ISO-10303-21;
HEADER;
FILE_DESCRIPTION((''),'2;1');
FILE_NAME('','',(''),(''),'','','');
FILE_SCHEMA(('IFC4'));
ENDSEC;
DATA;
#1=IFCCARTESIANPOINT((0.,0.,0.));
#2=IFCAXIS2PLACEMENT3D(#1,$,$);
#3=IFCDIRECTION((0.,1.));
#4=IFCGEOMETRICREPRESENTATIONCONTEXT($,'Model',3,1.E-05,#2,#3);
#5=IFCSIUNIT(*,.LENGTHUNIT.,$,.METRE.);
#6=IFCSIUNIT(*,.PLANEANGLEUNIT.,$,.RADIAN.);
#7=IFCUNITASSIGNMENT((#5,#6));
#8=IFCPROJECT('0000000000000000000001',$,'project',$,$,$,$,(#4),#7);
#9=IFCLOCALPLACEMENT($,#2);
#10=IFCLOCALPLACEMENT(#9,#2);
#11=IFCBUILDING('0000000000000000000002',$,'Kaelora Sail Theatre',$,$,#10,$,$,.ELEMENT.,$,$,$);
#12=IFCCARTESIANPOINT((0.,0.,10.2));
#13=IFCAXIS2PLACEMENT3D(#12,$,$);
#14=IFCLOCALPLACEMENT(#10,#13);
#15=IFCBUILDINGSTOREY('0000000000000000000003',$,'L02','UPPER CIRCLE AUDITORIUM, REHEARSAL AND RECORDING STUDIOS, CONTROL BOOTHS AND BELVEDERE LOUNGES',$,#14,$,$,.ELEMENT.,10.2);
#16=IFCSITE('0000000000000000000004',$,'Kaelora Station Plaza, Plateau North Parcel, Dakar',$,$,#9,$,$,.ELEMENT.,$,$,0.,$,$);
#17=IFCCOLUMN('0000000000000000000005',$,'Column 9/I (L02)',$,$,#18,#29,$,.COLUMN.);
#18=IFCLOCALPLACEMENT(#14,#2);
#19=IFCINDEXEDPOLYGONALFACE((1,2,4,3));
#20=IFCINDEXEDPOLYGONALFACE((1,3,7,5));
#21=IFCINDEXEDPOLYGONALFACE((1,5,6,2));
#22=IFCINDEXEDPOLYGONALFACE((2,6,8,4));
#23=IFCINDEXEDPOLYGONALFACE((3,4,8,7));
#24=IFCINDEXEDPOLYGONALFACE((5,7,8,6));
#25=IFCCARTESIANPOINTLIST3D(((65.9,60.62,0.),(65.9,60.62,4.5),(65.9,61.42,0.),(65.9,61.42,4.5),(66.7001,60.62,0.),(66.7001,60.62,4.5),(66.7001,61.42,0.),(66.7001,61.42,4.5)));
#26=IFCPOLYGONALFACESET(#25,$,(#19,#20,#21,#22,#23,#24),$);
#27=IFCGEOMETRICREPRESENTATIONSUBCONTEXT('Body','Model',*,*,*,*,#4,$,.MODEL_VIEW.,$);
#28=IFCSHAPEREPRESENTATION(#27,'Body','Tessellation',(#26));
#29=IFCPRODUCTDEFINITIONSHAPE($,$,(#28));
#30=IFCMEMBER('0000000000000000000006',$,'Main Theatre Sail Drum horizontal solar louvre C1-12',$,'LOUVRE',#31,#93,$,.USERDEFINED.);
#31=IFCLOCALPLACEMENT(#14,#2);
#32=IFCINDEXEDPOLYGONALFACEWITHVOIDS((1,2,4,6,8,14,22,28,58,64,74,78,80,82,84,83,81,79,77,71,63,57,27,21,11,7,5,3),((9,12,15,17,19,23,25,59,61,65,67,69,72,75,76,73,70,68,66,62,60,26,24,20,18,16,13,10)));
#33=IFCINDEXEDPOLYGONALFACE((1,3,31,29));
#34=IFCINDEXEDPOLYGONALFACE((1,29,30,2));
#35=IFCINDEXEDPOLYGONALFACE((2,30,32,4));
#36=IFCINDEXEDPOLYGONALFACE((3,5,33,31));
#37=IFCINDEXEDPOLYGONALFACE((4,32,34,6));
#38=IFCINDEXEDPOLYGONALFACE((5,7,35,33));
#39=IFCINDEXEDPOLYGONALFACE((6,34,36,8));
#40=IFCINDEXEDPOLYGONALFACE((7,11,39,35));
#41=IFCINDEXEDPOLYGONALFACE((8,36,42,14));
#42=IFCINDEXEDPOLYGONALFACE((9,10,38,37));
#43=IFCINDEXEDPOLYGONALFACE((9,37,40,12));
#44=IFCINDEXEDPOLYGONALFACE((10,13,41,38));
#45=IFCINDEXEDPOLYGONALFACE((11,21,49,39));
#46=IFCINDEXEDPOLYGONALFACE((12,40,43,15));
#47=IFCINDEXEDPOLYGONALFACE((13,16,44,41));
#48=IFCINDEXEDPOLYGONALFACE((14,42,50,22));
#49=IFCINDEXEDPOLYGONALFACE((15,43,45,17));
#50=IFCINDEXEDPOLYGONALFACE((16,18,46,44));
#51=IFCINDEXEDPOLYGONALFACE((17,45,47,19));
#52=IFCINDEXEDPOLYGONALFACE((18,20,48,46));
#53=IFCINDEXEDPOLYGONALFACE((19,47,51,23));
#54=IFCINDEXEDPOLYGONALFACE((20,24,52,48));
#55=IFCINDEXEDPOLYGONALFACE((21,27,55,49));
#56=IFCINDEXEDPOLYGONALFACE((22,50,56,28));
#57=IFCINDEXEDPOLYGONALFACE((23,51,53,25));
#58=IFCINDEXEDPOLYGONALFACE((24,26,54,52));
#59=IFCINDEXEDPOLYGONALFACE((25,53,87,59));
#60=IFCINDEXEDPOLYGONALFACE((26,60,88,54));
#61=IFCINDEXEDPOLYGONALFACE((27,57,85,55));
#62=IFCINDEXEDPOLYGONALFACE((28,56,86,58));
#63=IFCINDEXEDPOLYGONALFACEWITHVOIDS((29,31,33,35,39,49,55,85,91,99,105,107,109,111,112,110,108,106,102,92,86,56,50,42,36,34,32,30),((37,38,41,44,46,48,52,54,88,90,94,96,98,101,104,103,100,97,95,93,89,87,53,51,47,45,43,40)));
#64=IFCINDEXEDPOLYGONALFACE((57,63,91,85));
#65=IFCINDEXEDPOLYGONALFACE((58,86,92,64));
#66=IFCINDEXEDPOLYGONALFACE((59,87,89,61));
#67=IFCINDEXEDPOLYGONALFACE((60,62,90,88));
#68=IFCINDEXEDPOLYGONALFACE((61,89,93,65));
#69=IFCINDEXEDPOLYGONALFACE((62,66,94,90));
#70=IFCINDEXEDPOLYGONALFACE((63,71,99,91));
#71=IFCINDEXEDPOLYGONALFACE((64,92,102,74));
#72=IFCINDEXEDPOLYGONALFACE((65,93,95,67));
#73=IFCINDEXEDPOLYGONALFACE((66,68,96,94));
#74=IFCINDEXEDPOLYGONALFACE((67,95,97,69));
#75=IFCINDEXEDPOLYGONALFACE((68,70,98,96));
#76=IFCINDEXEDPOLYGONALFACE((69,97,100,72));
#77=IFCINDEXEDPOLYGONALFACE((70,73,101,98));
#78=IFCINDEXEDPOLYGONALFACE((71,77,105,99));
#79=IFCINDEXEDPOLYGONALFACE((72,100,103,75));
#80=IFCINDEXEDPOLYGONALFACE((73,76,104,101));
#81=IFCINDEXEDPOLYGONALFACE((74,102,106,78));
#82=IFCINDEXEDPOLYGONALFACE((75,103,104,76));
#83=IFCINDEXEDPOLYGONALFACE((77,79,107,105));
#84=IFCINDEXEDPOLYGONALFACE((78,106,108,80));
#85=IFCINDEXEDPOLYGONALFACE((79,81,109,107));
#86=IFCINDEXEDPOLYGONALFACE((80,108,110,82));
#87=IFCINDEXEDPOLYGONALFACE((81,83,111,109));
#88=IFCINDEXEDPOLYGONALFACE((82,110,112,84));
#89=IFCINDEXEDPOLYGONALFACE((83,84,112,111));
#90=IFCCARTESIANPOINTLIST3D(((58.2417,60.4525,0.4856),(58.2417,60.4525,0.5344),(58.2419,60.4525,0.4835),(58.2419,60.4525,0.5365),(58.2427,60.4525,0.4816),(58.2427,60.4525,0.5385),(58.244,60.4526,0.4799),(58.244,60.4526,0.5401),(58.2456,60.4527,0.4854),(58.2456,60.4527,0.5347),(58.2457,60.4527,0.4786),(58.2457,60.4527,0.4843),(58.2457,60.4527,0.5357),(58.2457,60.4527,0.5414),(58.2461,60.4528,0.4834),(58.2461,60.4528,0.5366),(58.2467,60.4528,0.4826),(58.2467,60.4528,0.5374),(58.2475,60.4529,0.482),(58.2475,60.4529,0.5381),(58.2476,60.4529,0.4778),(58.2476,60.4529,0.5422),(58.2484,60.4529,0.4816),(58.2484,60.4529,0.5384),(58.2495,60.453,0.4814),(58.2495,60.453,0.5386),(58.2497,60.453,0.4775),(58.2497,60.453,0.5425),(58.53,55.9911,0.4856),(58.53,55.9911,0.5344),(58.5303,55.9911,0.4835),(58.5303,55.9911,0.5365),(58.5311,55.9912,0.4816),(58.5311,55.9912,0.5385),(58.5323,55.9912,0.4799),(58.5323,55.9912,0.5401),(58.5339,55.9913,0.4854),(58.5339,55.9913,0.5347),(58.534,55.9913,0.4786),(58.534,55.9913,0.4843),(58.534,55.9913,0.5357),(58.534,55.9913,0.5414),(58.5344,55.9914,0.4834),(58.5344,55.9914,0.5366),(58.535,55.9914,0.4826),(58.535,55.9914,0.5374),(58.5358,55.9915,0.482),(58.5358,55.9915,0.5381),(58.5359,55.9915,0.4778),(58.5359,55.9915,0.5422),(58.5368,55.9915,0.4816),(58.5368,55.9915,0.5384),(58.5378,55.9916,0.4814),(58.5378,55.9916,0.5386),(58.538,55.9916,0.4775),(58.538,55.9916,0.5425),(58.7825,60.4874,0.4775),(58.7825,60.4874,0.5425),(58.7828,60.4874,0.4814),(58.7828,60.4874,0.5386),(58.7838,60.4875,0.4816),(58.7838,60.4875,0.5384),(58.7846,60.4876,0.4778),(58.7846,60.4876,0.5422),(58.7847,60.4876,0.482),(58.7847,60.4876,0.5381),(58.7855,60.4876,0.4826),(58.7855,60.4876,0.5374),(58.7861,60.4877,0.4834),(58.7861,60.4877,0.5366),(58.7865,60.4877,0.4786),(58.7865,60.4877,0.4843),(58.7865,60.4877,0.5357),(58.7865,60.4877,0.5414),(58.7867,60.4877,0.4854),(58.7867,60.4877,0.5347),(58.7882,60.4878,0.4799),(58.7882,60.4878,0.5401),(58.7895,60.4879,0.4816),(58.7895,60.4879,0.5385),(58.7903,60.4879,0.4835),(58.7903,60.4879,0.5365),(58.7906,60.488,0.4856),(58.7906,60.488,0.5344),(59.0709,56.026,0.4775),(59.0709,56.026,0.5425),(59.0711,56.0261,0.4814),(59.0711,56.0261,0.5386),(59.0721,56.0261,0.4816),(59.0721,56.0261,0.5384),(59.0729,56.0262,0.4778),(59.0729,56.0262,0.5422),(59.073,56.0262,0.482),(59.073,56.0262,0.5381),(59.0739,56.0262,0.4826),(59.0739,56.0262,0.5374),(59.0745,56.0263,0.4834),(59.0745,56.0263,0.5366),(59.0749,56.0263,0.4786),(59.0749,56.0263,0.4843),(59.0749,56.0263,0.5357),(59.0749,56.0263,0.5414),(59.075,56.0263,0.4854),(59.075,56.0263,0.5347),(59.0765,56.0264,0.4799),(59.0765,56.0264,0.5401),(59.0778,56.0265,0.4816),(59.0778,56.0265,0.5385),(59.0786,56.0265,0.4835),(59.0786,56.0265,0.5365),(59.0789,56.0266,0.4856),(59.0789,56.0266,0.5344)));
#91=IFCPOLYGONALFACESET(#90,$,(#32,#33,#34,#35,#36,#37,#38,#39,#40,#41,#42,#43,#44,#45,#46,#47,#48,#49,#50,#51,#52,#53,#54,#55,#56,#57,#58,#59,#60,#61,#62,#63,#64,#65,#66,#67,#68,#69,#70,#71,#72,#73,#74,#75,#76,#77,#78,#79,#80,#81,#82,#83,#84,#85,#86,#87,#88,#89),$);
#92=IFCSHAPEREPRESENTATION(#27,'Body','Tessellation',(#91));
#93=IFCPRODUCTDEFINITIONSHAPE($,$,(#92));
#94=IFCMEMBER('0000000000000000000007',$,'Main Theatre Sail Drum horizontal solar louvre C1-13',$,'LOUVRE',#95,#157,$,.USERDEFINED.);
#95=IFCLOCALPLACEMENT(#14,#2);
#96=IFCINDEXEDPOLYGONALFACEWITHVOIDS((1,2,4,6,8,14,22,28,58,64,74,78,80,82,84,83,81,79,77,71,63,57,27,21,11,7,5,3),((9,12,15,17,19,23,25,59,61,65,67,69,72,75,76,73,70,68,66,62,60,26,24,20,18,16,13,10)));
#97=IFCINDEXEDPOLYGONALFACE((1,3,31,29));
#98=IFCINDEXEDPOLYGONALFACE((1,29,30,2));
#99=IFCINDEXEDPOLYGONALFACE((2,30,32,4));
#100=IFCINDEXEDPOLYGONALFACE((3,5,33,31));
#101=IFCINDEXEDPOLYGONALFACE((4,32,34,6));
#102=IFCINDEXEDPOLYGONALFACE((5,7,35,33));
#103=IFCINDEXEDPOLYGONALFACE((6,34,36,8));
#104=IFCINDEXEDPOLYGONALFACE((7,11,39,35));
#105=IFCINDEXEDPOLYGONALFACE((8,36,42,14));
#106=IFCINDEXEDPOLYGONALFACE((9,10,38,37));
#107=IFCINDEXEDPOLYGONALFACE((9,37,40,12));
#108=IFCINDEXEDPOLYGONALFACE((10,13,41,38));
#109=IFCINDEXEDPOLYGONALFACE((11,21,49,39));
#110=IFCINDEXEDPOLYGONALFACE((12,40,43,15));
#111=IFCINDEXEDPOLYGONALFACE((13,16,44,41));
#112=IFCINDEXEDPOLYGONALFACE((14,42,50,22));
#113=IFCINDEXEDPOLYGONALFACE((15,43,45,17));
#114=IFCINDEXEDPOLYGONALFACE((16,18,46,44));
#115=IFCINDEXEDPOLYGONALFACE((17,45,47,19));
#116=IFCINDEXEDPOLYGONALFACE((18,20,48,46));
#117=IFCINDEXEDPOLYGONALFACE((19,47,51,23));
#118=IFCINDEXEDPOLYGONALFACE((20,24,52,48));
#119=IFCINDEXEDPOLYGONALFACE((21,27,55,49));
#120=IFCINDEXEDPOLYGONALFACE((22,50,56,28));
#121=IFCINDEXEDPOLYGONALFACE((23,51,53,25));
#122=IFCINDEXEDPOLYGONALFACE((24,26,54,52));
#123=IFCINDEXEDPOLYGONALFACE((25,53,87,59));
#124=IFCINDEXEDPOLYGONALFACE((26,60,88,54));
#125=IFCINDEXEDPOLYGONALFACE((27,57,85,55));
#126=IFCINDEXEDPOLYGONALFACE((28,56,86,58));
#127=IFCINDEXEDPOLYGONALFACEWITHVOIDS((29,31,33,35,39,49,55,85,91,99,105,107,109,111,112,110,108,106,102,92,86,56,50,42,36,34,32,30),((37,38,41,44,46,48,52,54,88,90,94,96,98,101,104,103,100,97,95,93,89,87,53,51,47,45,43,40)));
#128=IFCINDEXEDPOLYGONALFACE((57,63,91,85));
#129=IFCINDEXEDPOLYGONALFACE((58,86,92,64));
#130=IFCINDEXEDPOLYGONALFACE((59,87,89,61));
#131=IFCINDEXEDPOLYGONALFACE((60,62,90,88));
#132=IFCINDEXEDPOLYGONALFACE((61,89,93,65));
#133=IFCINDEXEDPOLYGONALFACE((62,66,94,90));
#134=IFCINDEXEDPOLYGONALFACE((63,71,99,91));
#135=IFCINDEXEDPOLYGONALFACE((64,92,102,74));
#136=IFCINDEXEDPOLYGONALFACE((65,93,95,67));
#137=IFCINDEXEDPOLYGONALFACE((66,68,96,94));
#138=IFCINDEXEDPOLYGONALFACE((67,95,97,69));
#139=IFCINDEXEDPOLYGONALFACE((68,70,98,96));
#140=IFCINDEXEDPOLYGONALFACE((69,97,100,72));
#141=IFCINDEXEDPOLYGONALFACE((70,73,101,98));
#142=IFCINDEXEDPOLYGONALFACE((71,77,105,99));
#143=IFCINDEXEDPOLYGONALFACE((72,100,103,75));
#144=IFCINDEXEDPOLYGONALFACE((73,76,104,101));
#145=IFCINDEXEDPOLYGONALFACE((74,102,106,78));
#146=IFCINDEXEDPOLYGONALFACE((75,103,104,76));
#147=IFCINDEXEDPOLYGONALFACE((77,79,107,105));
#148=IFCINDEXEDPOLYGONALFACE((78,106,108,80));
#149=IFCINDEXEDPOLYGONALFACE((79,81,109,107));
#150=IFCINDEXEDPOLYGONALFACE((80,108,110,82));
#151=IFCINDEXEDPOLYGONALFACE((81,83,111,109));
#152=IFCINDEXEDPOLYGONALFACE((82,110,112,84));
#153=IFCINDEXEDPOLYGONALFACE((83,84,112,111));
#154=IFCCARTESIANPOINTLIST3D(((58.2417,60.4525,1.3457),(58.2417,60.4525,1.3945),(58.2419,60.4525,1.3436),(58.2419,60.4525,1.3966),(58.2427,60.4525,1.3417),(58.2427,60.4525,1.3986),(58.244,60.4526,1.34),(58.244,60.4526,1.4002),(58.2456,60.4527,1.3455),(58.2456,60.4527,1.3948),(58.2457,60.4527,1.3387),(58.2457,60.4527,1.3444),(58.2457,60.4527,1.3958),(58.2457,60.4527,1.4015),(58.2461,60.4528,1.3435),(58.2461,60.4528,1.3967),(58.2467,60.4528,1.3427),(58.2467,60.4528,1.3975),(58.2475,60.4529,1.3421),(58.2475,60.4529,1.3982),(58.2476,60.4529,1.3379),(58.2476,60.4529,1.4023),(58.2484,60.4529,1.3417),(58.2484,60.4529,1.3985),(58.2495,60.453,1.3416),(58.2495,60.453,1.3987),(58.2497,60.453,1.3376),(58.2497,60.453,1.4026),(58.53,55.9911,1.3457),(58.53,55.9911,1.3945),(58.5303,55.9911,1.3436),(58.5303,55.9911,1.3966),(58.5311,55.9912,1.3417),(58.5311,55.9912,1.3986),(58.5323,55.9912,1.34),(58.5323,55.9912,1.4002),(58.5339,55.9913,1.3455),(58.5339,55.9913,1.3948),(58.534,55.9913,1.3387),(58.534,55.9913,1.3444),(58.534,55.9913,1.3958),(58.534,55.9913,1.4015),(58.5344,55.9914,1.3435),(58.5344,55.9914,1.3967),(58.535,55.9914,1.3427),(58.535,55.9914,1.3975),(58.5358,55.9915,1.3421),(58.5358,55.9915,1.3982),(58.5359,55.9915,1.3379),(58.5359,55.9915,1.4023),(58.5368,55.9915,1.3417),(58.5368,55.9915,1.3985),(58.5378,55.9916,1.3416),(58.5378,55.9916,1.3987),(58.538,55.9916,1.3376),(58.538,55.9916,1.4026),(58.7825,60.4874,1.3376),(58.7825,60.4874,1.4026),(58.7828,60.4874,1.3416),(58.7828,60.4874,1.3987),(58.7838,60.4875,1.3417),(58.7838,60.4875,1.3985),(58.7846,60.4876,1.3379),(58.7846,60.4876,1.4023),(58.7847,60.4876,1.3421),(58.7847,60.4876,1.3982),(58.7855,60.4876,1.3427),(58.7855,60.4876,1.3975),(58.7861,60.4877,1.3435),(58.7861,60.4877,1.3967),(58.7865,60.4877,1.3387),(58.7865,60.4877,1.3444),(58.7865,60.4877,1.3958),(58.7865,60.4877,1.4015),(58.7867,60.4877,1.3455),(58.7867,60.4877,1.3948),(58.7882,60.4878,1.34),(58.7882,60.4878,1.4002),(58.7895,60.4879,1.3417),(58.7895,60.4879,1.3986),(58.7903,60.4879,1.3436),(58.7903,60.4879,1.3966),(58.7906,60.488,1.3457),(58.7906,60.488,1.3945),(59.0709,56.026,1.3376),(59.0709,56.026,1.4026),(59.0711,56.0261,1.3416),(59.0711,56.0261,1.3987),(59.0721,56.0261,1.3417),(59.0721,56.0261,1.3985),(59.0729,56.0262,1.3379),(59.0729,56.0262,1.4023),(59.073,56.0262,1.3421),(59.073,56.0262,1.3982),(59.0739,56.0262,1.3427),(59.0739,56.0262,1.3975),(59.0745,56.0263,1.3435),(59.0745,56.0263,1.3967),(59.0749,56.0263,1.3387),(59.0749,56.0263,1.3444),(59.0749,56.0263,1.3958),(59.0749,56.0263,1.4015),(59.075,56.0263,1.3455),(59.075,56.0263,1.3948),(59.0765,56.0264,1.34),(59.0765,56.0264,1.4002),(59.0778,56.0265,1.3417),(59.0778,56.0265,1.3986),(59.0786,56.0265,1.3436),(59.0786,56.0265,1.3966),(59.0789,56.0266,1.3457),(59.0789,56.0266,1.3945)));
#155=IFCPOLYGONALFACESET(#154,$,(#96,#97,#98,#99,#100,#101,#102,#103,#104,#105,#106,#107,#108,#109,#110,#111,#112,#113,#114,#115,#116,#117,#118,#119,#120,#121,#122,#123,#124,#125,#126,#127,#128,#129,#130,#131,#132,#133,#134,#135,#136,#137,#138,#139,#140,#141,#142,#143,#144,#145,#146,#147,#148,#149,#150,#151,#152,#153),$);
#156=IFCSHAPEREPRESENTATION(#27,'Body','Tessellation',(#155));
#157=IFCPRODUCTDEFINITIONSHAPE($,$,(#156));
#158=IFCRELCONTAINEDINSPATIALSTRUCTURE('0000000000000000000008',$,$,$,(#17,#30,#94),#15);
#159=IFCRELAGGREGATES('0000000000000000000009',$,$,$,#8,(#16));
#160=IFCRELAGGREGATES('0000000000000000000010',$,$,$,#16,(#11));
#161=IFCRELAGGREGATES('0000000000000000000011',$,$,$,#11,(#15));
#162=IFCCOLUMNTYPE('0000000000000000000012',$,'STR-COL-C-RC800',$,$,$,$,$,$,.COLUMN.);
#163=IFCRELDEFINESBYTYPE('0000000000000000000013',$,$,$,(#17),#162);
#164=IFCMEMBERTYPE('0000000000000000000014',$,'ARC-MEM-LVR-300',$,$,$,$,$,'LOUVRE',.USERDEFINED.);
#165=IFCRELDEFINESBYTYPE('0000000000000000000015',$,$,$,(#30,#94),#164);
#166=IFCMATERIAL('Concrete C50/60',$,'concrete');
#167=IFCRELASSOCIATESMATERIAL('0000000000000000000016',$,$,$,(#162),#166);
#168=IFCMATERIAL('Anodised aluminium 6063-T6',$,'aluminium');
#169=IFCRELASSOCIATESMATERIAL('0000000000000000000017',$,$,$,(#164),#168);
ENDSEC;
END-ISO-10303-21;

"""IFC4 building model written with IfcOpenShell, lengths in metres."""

from ifc_helpers import new_model, si_unit, direction, frame, origin, origin_2d, place, context, subcontext, project, spatial, rectangle, hollow_rectangle, extrude, material, material_profile, profile_set, type_object, element, save


model = new_model("IFC4")

# Units and contexts
model_context = context("Model", 3, precision=1e-05, world=origin(), true_north=direction((0.0, 1.0)))
body_context = subcontext(model_context, "Body", "Model", "MODEL_VIEW")
ifc_project = project(units=[si_unit("LENGTHUNIT", "METRE"), si_unit("PLANEANGLEUNIT", "RADIAN")], contexts=[model_context])

# Site, building, storey
site_placement = place(None, origin())
site = spatial("IfcSite", under=ifc_project, at=site_placement, Name="Kaelora Station Plaza, Plateau North Parcel, Dakar", CompositionType="ELEMENT", RefElevation=0.0)
building_placement = place(site_placement, origin())
building = spatial("IfcBuilding", under=site, at=building_placement, Name="Kaelora Sail Theatre", CompositionType="ELEMENT")
storey_placement = place(building_placement, frame((0.0, 0.0, 10.2)))
storey = spatial("IfcBuildingStorey", under=building, at=storey_placement, Name="L02", Description="UPPER CIRCLE AUDITORIUM, REHEARSAL AND RECORDING STUDIOS, CONTROL BOOTHS AND BELVEDERE LOUNGES", CompositionType="ELEMENT", Elevation=10.2)

# Column
ifc_material_1 = material(Name="Concrete C50/60", Category="concrete")
ifc_material_profile_1 = material_profile(ifc_material_1, rectangle(XDim=0.8, YDim=0.8, at=origin_2d()), Name="RC-COL 800x800")
ifc_profile_set_1 = profile_set([ifc_material_profile_1], Name="Concrete C50/60")
column_type = type_object("IfcColumnType", Name="STR-COL-C-RC800", PredefinedType="COLUMN", material=ifc_profile_set_1)
column_placement = place(storey_placement, frame((66.3, 61.02, 0.0), z_axis=(0.0, 0.0, 1.0), x_axis=(1.0, 0.0, 0.0)))
element("IfcColumn", 1, at=column_placement, inside=storey, type_object=column_type, Name="Column 9/I (L02)", PredefinedType="COLUMN", context=body_context, shape_type="SweptSolid", body=[
    extrude(rectangle(XDim=0.8, YDim=0.8, at=origin_2d()), origin(), (0.0, 0.0, 1.0), 4.5),
])

# Members
ifc_material_2 = material(Name="Anodised aluminium 6063-T6", Category="aluminium")
ifc_material_profile_2 = material_profile(ifc_material_2, hollow_rectangle(XDim=0.55, YDim=0.0649, WallThickness=0.0039, InnerFilletRadius=0.0039, OuterFilletRadius=0.0081, at=origin_2d()), Name="LOUVRE 550x65x4")
ifc_profile_set_2 = profile_set([ifc_material_profile_2], Name="Anodised aluminium 6063-T6")
member_type_1 = type_object("IfcMemberType", Name="ARC-MEM-LVR-300", ElementType="LOUVRE", PredefinedType="USERDEFINED", material=ifc_profile_set_2)
for number, where, z_axis, x_axis, name in (
    (2, (58.5161, 60.4702, 0.51), (0.064493, -0.997918, 0.0), (0.997918, 0.064493, 0.0), "Main Theatre Sail Drum horizontal solar louvre C1-12"),
    (3, (58.5161, 60.4702, 1.3701), (0.064493, -0.997918, 0.0), (0.997918, 0.064493, 0.0), "Main Theatre Sail Drum horizontal solar louvre C1-13"),
):
    element("IfcMember", number, at=place(storey_placement, frame(where, z_axis=z_axis, x_axis=x_axis)), inside=storey, type_object=member_type_1, Name=name, ObjectType="LOUVRE", PredefinedType="USERDEFINED", context=body_context, shape_type="SweptSolid", body=[
        extrude(hollow_rectangle(XDim=0.55, YDim=0.0649, WallThickness=0.0039, InnerFilletRadius=0.0039, OuterFilletRadius=0.0081, at=origin_2d()), origin(), (0.0, 0.0, 1.0), 4.4707),
    ])

save(model, "model.ifc")
